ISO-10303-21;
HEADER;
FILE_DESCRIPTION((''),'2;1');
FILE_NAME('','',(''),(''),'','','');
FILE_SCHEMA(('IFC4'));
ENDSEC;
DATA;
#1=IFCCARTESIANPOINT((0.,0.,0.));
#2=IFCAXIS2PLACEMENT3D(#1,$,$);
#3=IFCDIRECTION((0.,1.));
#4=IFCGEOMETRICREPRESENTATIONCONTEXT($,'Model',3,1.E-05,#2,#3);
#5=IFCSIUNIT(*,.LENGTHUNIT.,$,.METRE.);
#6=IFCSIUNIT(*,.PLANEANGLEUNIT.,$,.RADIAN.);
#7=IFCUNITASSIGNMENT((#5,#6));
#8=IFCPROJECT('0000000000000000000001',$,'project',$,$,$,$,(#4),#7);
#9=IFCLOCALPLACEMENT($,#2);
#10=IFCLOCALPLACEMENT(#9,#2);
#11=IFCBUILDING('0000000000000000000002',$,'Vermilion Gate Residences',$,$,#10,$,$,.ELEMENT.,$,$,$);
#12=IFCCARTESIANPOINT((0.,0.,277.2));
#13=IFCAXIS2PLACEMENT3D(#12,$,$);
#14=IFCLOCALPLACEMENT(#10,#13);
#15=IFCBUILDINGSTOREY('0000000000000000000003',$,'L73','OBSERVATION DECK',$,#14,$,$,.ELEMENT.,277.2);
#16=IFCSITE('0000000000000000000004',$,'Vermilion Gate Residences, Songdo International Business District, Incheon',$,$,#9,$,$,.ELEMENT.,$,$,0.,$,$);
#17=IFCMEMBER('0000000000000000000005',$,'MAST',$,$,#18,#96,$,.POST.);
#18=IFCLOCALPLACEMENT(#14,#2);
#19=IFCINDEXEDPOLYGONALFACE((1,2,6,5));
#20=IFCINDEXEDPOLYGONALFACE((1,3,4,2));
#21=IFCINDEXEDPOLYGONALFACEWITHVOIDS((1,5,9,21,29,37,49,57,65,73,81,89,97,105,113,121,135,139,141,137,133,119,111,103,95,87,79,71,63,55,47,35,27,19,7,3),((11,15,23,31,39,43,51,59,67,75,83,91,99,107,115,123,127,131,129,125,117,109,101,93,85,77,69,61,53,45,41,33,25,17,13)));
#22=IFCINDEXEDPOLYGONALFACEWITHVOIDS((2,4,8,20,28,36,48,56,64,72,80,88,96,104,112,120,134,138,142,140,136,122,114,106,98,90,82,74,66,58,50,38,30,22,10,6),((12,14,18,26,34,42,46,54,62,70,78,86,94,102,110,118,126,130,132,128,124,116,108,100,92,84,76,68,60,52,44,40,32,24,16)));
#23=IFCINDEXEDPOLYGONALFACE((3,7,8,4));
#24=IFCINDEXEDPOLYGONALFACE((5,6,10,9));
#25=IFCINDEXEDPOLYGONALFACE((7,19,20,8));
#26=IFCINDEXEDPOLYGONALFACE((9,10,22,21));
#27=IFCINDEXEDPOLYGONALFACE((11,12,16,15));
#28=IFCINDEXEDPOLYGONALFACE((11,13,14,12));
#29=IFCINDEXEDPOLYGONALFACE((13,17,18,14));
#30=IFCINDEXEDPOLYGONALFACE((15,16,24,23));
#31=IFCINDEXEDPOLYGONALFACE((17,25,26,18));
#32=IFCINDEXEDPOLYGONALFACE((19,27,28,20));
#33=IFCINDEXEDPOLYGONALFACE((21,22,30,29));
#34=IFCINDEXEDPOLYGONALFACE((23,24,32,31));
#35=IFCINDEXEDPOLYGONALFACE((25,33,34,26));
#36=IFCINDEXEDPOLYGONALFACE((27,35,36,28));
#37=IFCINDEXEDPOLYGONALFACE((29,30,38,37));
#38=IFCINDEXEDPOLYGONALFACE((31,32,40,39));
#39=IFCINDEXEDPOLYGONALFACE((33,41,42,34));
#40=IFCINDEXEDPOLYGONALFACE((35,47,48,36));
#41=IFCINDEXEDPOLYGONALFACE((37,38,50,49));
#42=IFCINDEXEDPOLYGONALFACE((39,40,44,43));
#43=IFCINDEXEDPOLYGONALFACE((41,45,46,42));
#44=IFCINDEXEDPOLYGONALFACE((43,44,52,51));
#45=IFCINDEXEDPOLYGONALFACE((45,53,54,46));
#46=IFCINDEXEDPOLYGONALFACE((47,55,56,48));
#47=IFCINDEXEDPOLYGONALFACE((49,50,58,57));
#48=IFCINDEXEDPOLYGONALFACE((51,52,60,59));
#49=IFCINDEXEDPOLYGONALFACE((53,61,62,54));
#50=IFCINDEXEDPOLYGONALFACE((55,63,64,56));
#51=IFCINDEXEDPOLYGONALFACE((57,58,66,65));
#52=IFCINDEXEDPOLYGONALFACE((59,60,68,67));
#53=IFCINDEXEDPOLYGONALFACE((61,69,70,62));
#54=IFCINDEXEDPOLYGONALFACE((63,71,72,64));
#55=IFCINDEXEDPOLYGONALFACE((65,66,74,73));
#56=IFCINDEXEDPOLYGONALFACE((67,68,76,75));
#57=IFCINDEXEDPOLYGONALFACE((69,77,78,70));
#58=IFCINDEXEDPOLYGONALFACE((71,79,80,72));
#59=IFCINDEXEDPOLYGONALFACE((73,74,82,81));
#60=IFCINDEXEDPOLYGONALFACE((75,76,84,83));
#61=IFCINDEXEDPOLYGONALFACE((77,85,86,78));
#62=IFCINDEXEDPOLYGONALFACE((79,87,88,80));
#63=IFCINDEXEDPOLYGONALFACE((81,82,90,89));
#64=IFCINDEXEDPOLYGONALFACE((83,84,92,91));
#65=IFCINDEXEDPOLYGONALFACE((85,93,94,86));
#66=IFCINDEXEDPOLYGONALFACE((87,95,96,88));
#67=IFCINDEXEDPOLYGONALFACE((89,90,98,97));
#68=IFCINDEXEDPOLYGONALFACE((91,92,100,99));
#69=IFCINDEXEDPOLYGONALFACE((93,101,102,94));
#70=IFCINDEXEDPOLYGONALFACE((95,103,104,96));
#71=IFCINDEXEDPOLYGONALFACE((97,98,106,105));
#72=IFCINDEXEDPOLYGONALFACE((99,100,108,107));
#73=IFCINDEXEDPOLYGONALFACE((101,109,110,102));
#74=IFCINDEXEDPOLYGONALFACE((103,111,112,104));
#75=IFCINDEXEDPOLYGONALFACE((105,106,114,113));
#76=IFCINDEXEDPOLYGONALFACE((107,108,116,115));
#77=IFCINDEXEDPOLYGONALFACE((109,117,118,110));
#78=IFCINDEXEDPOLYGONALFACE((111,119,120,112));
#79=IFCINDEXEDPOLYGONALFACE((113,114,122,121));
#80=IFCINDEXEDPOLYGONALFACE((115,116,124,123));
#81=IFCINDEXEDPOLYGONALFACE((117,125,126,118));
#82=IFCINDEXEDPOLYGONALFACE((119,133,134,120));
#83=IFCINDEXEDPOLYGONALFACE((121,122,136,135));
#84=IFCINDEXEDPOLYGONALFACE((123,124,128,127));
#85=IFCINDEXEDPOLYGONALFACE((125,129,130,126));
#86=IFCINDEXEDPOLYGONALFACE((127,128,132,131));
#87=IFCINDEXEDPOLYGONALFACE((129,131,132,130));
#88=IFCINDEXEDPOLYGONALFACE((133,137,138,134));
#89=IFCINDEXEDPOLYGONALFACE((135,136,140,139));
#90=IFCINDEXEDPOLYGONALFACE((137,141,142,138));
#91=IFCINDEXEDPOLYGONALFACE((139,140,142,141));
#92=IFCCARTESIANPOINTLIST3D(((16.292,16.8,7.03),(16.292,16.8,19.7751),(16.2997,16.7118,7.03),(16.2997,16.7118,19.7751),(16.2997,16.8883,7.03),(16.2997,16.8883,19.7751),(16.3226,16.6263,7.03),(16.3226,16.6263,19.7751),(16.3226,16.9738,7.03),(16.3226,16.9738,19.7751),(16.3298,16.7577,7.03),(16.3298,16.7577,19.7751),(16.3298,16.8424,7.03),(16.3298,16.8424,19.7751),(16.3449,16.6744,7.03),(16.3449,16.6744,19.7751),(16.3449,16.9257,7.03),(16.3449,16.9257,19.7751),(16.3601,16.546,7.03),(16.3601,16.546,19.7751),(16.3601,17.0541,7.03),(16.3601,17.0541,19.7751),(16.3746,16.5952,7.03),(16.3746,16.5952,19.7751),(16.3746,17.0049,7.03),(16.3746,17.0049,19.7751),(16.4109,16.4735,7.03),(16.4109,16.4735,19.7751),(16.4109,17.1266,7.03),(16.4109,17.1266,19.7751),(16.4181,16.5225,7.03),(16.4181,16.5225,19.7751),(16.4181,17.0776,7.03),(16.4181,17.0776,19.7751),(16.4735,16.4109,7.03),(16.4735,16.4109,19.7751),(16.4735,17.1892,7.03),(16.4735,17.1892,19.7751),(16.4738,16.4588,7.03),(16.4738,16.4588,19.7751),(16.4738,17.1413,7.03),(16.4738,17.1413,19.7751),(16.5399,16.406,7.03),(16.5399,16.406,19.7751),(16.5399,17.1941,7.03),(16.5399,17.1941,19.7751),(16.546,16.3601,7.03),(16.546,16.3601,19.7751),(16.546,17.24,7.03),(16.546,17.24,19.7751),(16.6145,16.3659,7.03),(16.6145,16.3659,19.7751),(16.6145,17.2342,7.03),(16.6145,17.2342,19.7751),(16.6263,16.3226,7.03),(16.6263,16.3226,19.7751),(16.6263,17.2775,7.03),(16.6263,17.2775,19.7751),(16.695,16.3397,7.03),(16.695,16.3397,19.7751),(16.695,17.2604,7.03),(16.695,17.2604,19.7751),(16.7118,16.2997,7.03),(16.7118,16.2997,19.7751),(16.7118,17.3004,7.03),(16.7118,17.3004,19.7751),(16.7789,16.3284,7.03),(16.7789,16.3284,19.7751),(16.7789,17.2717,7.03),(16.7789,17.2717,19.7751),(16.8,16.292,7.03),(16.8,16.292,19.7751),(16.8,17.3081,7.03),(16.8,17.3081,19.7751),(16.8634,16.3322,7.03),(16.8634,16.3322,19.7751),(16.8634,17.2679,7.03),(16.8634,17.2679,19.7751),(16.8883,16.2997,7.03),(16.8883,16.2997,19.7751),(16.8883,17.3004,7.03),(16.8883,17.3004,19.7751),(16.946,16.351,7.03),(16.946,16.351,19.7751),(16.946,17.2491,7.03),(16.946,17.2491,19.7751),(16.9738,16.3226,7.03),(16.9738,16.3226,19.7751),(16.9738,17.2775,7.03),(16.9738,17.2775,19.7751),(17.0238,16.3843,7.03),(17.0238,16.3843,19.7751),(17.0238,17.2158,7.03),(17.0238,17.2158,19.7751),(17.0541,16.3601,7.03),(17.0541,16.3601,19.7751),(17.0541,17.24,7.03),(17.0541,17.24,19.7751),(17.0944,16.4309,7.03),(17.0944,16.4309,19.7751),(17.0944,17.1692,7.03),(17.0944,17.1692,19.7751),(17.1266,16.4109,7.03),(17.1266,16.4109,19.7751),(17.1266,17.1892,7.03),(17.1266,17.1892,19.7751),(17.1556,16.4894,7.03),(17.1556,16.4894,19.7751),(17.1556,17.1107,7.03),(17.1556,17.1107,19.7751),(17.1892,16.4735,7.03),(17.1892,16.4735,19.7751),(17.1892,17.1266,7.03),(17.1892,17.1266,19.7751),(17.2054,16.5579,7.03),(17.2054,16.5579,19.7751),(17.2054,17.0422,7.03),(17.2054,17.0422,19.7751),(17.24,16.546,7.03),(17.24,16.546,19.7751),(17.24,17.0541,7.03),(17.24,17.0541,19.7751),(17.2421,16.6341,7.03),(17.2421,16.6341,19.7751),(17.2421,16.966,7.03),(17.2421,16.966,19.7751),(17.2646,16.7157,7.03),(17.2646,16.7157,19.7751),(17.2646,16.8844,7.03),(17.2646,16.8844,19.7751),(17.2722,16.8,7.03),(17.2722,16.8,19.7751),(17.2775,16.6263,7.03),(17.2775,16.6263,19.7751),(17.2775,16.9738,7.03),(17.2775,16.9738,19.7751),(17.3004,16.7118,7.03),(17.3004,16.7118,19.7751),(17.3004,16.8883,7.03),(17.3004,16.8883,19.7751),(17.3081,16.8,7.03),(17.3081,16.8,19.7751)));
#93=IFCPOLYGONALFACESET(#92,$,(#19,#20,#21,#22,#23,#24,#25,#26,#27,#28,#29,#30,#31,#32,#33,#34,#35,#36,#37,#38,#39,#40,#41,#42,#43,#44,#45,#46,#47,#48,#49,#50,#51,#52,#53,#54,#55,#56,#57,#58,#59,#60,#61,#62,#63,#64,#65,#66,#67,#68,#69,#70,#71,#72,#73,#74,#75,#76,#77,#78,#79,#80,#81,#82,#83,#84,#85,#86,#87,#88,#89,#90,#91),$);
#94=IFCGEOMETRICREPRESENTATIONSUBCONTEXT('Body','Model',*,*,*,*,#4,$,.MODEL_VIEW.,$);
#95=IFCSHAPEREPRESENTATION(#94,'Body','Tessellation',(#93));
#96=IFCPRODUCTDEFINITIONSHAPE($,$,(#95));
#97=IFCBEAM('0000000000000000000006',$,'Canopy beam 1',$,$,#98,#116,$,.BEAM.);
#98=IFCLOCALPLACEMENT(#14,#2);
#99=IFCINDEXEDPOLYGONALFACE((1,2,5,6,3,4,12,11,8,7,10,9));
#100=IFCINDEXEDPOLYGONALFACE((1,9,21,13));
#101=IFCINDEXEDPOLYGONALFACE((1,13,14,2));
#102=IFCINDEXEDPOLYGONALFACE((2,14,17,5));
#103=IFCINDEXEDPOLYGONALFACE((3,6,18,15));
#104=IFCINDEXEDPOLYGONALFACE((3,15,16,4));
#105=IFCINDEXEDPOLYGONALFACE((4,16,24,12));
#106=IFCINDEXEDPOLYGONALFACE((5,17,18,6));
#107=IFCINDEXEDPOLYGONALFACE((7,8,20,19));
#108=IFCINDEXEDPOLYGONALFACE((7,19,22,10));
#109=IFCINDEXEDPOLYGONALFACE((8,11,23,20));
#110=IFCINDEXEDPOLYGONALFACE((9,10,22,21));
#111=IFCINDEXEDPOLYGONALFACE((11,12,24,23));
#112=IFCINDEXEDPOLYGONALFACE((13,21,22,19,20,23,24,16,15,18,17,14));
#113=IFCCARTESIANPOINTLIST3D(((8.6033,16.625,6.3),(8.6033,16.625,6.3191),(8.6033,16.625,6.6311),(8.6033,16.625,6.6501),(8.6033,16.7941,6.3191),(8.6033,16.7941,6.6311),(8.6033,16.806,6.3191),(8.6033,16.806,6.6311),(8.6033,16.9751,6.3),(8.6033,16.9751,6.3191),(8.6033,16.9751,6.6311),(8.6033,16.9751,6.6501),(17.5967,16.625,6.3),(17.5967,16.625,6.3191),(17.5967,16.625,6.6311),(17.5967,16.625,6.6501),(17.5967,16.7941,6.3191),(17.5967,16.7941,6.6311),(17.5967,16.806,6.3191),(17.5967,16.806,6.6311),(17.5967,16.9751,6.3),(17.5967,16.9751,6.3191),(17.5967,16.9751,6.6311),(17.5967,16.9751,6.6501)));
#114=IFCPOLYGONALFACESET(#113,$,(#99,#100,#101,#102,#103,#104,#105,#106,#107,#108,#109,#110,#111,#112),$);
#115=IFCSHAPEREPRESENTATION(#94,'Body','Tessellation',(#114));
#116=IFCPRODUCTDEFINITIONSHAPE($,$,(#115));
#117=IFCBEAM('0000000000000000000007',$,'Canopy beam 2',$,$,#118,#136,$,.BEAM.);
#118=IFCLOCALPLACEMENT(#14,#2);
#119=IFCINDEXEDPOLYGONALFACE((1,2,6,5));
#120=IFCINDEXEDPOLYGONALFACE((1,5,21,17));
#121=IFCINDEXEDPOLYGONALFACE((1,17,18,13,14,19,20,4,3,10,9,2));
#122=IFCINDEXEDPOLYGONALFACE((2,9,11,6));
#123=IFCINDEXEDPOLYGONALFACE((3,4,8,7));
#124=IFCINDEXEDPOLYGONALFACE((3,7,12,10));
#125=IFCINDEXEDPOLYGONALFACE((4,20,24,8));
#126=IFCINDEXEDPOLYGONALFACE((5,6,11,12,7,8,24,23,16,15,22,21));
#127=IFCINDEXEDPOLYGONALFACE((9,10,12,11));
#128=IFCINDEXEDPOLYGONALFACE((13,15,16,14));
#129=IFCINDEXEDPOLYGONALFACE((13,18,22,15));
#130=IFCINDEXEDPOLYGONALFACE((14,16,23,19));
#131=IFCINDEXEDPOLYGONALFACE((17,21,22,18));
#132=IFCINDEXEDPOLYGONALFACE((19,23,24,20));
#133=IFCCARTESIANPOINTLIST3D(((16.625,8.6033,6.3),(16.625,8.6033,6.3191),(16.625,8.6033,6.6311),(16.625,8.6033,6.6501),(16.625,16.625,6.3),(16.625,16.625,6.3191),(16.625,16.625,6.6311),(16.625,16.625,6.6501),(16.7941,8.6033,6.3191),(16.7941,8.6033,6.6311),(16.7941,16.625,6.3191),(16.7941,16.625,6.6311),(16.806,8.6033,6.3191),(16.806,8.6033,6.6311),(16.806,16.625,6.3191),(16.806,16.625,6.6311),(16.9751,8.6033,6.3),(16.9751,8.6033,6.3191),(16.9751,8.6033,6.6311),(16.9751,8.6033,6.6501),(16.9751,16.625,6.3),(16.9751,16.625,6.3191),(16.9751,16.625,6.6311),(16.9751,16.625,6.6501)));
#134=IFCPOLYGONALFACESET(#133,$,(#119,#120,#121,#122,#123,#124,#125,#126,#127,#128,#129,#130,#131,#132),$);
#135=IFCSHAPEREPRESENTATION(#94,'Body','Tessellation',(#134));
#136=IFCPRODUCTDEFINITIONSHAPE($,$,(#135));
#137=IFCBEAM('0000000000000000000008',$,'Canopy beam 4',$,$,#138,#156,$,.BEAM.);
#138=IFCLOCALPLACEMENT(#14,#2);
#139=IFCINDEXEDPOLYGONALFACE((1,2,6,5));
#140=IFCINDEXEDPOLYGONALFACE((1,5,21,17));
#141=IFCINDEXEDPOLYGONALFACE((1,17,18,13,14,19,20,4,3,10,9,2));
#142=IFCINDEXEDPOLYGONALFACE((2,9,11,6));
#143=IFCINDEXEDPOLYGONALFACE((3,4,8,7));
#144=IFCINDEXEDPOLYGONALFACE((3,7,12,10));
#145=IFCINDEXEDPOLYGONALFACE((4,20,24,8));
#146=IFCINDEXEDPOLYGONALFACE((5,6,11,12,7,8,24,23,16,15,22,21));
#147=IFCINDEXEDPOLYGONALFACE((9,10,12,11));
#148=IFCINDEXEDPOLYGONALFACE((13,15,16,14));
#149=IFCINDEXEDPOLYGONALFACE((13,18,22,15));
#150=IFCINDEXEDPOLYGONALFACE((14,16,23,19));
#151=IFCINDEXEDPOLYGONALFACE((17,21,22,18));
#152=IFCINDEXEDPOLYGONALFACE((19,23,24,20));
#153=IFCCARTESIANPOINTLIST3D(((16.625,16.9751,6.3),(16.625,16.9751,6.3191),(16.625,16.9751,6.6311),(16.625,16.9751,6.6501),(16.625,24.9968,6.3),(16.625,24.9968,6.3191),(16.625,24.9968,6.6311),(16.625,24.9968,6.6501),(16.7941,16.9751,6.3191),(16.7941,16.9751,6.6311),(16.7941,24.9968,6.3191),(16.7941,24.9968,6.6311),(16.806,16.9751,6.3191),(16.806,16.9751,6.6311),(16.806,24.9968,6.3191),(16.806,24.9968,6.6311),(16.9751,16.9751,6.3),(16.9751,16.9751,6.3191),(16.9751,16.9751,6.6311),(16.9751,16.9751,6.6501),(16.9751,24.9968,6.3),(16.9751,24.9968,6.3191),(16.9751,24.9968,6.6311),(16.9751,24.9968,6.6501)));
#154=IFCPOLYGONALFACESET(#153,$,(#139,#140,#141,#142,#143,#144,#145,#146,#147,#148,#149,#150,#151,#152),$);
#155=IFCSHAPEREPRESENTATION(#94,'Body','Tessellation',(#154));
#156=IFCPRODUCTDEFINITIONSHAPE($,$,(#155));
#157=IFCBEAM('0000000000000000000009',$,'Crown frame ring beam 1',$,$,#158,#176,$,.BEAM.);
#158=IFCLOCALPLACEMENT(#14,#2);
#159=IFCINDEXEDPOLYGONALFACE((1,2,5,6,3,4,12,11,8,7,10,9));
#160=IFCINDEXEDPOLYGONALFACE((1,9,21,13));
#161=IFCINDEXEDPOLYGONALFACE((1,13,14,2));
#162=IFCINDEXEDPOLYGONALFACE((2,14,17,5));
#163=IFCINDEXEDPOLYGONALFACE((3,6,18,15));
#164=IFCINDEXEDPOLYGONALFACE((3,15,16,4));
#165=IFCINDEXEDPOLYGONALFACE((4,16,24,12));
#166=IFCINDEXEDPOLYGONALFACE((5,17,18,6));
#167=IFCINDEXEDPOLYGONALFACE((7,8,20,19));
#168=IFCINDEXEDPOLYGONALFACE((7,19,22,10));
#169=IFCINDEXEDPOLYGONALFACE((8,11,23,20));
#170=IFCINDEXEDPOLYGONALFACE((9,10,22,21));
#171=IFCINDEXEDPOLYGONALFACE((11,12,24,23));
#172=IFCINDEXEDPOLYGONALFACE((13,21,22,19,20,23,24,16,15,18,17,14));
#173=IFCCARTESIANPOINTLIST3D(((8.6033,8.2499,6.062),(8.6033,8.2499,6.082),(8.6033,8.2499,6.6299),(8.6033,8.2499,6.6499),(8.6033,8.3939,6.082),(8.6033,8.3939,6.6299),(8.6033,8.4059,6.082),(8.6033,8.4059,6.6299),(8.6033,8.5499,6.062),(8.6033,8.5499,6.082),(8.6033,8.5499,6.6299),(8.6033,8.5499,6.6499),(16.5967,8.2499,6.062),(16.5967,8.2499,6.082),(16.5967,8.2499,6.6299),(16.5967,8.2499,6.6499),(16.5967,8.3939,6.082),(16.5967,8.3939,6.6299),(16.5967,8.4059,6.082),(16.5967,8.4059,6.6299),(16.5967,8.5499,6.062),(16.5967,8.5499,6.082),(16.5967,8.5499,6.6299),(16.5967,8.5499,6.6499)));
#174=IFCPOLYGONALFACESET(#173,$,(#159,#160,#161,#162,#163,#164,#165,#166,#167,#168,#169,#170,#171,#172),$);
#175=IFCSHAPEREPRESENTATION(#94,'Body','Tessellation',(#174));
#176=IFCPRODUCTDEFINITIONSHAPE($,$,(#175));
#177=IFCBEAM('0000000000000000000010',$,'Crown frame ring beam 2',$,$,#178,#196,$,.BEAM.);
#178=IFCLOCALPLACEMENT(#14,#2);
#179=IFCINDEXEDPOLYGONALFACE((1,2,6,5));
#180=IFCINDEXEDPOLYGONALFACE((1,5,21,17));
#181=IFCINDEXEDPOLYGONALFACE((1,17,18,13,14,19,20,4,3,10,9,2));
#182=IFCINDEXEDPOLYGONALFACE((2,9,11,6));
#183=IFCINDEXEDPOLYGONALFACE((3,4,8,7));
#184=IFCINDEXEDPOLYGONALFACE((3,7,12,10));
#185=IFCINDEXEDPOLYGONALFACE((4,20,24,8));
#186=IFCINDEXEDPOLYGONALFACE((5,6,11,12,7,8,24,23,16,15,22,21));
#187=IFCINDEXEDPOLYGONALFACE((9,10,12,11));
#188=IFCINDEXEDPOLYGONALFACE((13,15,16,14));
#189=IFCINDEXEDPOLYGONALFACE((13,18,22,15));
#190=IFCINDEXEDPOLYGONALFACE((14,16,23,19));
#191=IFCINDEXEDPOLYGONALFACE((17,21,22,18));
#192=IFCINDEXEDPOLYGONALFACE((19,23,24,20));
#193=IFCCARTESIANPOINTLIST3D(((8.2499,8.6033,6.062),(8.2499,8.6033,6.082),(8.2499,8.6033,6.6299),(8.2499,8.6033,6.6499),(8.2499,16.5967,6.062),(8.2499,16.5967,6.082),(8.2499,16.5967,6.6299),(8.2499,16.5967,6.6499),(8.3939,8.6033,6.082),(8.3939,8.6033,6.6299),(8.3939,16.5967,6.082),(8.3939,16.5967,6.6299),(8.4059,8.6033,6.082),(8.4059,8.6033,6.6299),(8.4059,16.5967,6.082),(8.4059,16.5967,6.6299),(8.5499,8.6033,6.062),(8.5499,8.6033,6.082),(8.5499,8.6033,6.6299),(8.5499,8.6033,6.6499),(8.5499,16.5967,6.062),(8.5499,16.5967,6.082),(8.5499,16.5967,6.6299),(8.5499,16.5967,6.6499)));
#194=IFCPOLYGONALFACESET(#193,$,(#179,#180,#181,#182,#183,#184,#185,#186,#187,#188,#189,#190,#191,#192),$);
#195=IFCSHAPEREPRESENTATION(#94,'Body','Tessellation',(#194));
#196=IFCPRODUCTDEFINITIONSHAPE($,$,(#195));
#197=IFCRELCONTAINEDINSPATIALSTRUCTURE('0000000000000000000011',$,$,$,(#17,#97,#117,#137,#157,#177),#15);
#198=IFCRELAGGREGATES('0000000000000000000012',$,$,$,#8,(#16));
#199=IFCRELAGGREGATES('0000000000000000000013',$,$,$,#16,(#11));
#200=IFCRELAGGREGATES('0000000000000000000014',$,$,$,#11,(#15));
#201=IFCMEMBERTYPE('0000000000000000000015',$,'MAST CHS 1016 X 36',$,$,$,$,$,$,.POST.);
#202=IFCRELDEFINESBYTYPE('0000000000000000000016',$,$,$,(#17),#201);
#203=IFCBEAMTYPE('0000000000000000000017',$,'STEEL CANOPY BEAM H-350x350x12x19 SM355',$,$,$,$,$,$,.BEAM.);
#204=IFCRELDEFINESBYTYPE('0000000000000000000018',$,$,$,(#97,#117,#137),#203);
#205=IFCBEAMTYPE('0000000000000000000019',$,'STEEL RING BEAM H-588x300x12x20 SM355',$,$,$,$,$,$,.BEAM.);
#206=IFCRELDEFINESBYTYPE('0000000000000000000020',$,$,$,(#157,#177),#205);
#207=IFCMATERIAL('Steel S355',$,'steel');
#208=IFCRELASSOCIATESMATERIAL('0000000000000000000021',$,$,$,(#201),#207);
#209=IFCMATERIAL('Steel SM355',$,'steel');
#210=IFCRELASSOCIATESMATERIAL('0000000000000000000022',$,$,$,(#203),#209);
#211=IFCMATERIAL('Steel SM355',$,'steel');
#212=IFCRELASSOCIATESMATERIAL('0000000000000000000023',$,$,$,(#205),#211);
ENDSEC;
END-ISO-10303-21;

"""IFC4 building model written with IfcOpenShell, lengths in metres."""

from ifc_helpers import new_model, si_unit, direction, frame, origin, origin_2d, place, context, subcontext, project, spatial, hollow_circle, i_section, extrude, material, material_profile, profile_set, type_object, element, save


model = new_model("IFC4")

# Units and contexts
model_context = context("Model", 3, precision=1e-05, world=origin(), true_north=direction((0.0, 1.0)))
body_context = subcontext(model_context, "Body", "Model", "MODEL_VIEW")
ifc_project = project(units=[si_unit("LENGTHUNIT", "METRE"), si_unit("PLANEANGLEUNIT", "RADIAN")], contexts=[model_context])

# Site, building, storey
site_placement = place(None, origin())
site = spatial("IfcSite", under=ifc_project, at=site_placement, Name="Vermilion Gate Residences, Songdo International Business District, Incheon", CompositionType="ELEMENT", RefElevation=0.0)
building_placement = place(site_placement, origin())
building = spatial("IfcBuilding", under=site, at=building_placement, Name="Vermilion Gate Residences", CompositionType="ELEMENT")
storey_placement = place(building_placement, frame((0.0, 0.0, 277.2)))
storey = spatial("IfcBuildingStorey", under=building, at=storey_placement, Name="L73", Description="OBSERVATION DECK", CompositionType="ELEMENT", Elevation=277.2)

# Member
ifc_material_1 = material(Name="Steel S355", Category="steel")
ifc_material_profile_1 = material_profile(ifc_material_1, hollow_circle(Radius=0.5081, WallThickness=0.0359, at=origin_2d()), Name="CHS 1016 X 36")
ifc_profile_set_1 = profile_set([ifc_material_profile_1], Name="Steel S355")
member_type = type_object("IfcMemberType", Name="MAST CHS 1016 X 36", PredefinedType="POST", material=ifc_profile_set_1)
member_placement = place(storey_placement, frame((16.8, 16.8, 7.03), z_axis=(0.0, 0.0, 1.0), x_axis=(1.0, 0.0, 0.0)))
element("IfcMember", 1, at=member_placement, inside=storey, type_object=member_type, Name="MAST", PredefinedType="POST", context=body_context, shape_type="SweptSolid", body=[
    extrude(hollow_circle(Radius=0.5081, WallThickness=0.0359, at=origin_2d()), origin(), (0.0, 0.0, 1.0), 12.7451),
])

# Beams
ifc_material_2 = material(Name="Steel SM355", Category="steel")
ifc_material_profile_2 = material_profile(ifc_material_2, i_section(OverallWidth=0.3501, OverallDepth=0.3501, WebThickness=0.012, FlangeThickness=0.019, at=origin_2d()), Name="H-350x350x12x19")
ifc_profile_set_2 = profile_set([ifc_material_profile_2], Name="Steel SM355")
beam_type_1 = type_object("IfcBeamType", Name="STEEL CANOPY BEAM H-350x350x12x19 SM355", PredefinedType="BEAM", material=ifc_profile_set_2)
beam_placement = place(storey_placement, frame((8.6033, 16.8, 6.4751), z_axis=(1.0, 0.0, 0.0), x_axis=(0.0, 1.0, 0.0)))
element("IfcBeam", 2, at=beam_placement, inside=storey, type_object=beam_type_1, Name="Canopy beam 1", PredefinedType="BEAM", context=body_context, shape_type="SweptSolid", body=[
    extrude(i_section(OverallWidth=0.3501, OverallDepth=0.3501, WebThickness=0.012, FlangeThickness=0.019, at=origin_2d()), origin(), (0.0, 0.0, 1.0), 8.9934),
])
for number, where, z_axis, x_axis, name in (
    (3, (16.8, 8.6033, 6.4751), (0.0, 1.0, 0.0), (-1.0, 0.0, 0.0), "Canopy beam 2"),
    (4, (16.8, 16.9751, 6.4751), (0.0, 1.0, 0.0), (-1.0, 0.0, 0.0), "Canopy beam 4"),
):
    element("IfcBeam", number, at=place(storey_placement, frame(where, z_axis=z_axis, x_axis=x_axis)), inside=storey, type_object=beam_type_1, Name=name, PredefinedType="BEAM", context=body_context, shape_type="SweptSolid", body=[
        extrude(i_section(OverallWidth=0.3501, OverallDepth=0.3501, WebThickness=0.012, FlangeThickness=0.019, at=origin_2d()), origin(), (0.0, 0.0, 1.0), 8.0217),
    ])
ifc_material_3 = material(Name="Steel SM355", Category="steel")
ifc_material_profile_3 = material_profile(ifc_material_3, i_section(OverallWidth=0.3, OverallDepth=0.5879, WebThickness=0.012, FlangeThickness=0.02, at=origin_2d()), Name="H-588x300x12x20")
ifc_profile_set_3 = profile_set([ifc_material_profile_3], Name="Steel SM355")
beam_type_2 = type_object("IfcBeamType", Name="STEEL RING BEAM H-588x300x12x20 SM355", PredefinedType="BEAM", material=ifc_profile_set_3)
for number, where, z_axis, x_axis, name in (
    (5, (8.6033, 8.3999, 6.356), (1.0, 0.0, 0.0), (0.0, 1.0, 0.0), "Crown frame ring beam 1"),
    (6, (8.3999, 8.6033, 6.356), (0.0, 1.0, 0.0), (-1.0, 0.0, 0.0), "Crown frame ring beam 2"),
):
    element("IfcBeam", number, at=place(storey_placement, frame(where, z_axis=z_axis, x_axis=x_axis)), inside=storey, type_object=beam_type_2, Name=name, PredefinedType="BEAM", context=body_context, shape_type="SweptSolid", body=[
        extrude(i_section(OverallWidth=0.3, OverallDepth=0.5879, WebThickness=0.012, FlangeThickness=0.02, at=origin_2d()), origin(), (0.0, 0.0, 1.0), 7.9934),
    ])

save(model, "model.ifc")
